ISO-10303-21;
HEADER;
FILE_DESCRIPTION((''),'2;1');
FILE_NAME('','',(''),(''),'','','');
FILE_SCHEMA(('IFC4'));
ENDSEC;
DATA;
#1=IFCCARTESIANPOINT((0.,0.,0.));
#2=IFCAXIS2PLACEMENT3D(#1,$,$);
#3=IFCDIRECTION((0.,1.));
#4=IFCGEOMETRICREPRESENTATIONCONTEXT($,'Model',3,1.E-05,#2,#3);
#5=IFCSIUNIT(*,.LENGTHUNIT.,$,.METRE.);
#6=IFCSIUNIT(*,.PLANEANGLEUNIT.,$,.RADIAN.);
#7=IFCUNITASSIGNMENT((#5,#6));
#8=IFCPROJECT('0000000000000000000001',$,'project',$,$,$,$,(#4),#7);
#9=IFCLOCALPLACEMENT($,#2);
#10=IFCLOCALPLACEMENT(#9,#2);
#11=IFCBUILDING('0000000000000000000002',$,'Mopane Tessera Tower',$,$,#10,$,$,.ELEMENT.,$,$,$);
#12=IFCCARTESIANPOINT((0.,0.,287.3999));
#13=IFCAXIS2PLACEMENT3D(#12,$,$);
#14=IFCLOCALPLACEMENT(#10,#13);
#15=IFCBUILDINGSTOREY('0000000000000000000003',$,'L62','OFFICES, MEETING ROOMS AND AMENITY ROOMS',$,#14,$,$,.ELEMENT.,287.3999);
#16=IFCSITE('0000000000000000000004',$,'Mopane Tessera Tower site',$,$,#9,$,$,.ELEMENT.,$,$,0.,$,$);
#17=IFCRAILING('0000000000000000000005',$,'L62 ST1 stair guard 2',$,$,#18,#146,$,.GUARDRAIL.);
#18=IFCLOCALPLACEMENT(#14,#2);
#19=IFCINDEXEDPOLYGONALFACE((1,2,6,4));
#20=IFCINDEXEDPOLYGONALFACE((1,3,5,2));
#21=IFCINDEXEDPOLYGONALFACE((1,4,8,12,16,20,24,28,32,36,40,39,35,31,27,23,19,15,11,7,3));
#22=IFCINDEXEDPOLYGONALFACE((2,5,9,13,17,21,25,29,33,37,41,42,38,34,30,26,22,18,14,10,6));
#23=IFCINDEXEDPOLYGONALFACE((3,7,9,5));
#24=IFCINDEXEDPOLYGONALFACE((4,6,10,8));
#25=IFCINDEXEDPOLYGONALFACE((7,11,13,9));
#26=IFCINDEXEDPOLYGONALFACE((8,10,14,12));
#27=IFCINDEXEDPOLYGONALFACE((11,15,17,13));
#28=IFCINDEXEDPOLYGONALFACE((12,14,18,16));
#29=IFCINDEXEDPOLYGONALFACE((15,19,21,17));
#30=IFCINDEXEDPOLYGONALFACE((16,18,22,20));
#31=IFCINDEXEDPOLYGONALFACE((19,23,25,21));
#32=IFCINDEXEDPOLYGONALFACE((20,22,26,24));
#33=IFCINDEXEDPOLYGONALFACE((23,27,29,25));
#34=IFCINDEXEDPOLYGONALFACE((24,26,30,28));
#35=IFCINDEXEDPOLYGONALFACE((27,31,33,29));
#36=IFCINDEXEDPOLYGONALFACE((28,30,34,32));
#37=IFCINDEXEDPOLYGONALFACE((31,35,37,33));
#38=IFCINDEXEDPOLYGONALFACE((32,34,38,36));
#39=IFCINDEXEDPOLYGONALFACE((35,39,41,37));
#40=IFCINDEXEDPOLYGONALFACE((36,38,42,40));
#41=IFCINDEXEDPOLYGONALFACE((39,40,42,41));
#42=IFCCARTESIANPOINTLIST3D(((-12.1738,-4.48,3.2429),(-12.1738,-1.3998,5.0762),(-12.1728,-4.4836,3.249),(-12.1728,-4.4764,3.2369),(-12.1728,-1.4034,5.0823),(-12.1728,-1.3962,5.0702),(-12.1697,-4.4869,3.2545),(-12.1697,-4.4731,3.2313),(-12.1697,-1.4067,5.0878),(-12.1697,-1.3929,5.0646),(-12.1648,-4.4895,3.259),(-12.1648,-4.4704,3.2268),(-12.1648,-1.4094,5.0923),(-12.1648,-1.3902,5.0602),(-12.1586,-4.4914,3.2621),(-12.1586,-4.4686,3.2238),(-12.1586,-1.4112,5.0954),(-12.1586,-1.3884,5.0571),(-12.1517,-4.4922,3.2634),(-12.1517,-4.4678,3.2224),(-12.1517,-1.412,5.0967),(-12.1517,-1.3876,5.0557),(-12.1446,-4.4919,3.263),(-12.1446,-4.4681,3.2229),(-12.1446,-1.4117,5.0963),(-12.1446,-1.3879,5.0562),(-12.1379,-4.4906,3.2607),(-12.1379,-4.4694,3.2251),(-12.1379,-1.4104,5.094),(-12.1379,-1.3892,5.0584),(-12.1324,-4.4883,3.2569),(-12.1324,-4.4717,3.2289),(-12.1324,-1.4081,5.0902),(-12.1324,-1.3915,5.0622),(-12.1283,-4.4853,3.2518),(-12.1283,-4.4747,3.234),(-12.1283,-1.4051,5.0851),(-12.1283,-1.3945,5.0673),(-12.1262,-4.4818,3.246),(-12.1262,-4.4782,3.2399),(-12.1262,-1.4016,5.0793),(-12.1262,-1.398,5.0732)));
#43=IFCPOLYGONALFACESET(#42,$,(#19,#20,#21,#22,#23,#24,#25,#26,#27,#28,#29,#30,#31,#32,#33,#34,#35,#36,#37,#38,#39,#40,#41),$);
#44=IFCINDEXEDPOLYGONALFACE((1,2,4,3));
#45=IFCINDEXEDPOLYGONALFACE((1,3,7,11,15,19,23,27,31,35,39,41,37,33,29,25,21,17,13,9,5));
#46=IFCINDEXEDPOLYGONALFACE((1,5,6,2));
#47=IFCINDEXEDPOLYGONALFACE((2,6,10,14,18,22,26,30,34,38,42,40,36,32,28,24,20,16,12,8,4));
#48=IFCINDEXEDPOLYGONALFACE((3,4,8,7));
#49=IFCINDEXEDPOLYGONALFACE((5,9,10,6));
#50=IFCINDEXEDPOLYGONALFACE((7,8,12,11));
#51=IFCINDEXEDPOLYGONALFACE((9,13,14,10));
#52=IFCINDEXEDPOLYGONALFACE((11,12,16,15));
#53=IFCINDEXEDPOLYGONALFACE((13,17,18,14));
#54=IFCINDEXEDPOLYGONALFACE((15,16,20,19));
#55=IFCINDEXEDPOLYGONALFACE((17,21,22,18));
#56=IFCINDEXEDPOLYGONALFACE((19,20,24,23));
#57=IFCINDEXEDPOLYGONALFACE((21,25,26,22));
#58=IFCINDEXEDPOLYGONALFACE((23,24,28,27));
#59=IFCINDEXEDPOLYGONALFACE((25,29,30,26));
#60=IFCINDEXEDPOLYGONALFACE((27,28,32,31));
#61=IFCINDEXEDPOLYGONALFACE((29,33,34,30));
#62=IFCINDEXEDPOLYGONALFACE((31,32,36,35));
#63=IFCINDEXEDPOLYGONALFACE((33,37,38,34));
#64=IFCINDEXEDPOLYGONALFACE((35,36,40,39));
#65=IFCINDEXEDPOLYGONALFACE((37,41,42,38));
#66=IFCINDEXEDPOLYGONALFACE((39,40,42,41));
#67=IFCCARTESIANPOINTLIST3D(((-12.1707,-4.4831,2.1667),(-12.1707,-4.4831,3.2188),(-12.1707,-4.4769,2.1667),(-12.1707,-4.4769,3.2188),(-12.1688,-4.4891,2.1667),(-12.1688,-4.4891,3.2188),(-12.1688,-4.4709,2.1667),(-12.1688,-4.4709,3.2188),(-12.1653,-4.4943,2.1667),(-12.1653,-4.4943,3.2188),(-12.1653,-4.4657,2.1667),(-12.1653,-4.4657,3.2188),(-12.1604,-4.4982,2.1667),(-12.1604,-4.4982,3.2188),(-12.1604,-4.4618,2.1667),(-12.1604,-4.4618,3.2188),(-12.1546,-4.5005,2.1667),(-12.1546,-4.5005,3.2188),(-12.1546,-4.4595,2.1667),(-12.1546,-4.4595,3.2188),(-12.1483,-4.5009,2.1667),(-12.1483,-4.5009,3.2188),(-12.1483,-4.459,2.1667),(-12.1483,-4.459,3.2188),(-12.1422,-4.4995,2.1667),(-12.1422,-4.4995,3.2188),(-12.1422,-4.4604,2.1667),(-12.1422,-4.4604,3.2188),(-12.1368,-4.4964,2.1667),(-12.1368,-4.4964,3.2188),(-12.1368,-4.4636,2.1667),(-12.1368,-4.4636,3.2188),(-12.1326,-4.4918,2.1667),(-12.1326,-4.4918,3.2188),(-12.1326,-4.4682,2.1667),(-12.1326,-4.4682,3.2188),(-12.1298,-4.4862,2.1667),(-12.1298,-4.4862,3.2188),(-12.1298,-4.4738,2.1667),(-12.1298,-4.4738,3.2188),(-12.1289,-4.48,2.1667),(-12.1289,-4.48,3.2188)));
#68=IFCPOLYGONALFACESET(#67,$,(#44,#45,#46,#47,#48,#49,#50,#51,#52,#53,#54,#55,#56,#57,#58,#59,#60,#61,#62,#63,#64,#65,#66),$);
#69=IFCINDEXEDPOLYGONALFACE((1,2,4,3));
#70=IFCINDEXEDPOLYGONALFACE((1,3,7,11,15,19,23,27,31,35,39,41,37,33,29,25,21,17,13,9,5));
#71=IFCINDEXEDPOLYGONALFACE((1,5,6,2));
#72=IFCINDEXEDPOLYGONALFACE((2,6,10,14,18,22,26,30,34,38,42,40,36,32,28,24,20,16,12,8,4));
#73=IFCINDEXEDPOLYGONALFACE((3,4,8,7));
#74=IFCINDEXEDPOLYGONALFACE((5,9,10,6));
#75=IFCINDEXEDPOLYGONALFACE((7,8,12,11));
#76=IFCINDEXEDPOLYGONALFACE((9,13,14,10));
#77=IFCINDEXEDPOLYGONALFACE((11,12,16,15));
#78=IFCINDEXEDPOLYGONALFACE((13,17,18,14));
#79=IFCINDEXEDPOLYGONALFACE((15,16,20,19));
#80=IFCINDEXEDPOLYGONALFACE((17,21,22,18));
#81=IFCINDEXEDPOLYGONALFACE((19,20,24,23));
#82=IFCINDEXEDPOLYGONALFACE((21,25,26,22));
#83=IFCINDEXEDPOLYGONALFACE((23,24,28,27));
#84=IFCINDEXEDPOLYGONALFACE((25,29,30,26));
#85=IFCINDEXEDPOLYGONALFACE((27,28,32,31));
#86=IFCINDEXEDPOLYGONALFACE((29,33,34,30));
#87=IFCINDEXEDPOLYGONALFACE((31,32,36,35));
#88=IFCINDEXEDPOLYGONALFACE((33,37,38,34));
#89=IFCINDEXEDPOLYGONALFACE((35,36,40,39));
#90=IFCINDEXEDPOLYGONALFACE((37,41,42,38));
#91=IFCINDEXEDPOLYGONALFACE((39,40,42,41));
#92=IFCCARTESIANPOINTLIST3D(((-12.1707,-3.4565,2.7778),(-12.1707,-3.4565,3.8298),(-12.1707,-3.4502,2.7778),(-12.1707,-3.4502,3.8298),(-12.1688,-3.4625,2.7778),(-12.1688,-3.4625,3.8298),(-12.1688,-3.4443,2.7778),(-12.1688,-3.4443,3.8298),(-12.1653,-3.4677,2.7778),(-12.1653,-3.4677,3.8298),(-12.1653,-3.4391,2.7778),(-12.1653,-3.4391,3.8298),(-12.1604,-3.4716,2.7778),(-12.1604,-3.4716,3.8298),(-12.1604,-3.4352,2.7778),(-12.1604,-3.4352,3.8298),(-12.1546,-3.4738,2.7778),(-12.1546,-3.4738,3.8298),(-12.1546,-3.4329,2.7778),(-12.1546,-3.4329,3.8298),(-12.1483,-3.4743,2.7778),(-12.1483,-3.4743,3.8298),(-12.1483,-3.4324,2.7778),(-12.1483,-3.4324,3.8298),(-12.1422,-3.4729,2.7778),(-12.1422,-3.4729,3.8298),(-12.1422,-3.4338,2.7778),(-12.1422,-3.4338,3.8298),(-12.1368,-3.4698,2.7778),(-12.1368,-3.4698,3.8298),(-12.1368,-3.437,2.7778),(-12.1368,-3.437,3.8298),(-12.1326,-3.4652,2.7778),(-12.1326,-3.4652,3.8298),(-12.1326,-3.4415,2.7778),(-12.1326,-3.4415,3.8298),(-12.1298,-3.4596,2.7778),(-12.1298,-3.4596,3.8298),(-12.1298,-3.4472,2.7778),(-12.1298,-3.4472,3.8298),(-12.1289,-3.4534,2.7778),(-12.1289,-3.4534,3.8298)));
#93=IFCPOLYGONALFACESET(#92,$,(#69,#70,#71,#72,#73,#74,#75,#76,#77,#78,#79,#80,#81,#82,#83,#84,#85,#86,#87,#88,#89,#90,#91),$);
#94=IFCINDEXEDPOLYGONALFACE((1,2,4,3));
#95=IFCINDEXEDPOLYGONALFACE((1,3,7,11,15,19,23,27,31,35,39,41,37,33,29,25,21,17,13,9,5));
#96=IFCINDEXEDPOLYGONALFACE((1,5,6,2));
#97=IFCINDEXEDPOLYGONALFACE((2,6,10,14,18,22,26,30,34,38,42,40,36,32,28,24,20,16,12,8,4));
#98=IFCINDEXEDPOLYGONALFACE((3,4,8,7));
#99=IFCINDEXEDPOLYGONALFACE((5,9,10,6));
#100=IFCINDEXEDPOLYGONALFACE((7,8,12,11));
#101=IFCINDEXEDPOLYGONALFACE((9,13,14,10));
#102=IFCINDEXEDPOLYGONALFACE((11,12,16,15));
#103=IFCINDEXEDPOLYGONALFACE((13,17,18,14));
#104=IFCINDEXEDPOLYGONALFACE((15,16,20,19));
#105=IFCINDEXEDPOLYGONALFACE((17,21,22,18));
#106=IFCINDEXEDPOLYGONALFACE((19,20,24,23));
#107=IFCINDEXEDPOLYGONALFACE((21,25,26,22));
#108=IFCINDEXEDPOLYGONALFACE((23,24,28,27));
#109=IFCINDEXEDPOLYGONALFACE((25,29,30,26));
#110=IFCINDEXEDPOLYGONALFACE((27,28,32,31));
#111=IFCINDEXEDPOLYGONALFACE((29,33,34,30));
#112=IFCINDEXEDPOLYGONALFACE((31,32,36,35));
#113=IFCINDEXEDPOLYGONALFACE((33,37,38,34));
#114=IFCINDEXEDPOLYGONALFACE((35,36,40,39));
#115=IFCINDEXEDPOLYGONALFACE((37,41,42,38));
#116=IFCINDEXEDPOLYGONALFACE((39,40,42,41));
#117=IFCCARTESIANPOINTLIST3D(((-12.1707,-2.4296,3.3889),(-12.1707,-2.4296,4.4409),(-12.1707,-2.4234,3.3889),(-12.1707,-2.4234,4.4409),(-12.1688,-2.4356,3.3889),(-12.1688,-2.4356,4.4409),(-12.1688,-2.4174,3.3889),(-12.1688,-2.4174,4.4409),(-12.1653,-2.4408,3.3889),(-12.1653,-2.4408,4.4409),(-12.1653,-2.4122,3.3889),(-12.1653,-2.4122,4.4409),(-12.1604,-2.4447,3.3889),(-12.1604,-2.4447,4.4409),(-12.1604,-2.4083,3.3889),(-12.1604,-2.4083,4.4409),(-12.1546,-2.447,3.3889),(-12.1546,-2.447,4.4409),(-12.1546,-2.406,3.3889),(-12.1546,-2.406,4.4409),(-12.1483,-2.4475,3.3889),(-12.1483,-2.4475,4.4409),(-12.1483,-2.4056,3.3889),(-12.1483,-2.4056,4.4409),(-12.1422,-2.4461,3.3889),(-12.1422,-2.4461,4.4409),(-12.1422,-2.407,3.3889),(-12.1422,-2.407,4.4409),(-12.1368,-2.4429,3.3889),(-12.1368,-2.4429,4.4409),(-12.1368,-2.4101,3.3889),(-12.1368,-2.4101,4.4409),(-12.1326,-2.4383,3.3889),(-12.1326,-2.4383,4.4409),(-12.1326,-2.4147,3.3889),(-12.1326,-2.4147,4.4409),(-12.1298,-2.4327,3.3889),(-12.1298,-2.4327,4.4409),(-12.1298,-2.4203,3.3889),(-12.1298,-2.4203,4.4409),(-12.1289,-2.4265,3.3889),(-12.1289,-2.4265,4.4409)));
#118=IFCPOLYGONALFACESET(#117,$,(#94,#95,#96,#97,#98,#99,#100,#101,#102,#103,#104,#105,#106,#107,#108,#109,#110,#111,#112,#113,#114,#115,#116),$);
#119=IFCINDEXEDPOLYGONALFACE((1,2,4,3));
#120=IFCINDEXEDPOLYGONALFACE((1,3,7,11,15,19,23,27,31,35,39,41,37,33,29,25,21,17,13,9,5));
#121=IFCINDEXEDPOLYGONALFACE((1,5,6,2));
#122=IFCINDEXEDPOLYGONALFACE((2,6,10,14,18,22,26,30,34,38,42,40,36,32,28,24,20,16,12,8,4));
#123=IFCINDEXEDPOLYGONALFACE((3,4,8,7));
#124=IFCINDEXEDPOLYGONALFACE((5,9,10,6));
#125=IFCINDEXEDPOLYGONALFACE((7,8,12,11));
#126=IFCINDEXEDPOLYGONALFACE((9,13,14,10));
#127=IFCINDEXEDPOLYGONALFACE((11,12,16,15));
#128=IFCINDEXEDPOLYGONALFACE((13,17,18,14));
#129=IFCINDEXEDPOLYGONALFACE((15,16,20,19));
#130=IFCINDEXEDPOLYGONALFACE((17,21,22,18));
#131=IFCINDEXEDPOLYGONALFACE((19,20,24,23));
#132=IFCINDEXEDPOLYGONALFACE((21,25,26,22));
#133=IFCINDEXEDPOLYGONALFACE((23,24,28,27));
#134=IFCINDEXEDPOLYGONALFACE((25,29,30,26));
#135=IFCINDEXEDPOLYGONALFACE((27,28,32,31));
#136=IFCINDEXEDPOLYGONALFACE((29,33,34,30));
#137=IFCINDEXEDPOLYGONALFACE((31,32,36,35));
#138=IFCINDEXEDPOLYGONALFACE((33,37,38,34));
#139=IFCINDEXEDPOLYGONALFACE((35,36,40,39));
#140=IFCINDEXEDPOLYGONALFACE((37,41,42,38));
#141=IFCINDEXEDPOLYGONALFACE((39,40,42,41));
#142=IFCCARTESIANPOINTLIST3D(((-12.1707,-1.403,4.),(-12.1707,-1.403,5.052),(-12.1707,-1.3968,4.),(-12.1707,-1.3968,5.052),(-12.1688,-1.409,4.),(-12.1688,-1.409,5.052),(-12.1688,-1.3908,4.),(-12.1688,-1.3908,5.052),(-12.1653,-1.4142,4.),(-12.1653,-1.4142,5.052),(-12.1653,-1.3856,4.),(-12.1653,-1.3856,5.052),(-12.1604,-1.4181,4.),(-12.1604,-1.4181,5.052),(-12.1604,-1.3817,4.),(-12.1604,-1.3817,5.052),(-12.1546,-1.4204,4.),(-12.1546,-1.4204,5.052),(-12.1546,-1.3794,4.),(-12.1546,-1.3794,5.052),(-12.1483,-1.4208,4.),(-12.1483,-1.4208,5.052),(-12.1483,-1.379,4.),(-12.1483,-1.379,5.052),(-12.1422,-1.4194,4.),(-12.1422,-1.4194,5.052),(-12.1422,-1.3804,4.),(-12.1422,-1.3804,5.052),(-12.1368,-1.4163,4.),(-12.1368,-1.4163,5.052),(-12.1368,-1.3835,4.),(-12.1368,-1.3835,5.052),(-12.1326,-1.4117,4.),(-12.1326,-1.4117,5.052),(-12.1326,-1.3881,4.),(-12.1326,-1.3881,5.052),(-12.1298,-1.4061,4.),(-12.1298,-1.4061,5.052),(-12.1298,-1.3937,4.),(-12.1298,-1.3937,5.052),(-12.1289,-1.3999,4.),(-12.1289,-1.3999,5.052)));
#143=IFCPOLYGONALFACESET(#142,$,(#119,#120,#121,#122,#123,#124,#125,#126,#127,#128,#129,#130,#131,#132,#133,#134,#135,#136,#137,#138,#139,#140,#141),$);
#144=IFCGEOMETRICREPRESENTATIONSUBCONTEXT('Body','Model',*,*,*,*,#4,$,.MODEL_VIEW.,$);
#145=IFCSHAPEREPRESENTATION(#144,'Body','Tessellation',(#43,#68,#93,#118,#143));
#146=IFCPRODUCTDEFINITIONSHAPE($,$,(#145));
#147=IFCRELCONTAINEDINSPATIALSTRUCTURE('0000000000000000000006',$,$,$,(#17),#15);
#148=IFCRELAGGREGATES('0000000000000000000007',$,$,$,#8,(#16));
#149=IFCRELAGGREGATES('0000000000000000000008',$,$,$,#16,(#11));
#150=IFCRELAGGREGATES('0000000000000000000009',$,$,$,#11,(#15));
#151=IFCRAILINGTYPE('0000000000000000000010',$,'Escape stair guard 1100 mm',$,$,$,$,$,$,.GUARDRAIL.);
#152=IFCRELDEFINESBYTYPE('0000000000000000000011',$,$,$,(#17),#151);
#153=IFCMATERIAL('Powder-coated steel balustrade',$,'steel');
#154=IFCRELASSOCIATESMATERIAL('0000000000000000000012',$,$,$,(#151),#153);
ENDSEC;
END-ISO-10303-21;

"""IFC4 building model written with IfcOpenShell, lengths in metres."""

from ifc_helpers import new_model, si_unit, direction, frame, origin, origin_2d, place, context, subcontext, project, spatial, circle, extrude, material, type_object, element, save


model = new_model("IFC4")

# Units and contexts
model_context = context("Model", 3, precision=1e-05, world=origin(), true_north=direction((0.0, 1.0)))
body_context = subcontext(model_context, "Body", "Model", "MODEL_VIEW")
ifc_project = project(units=[si_unit("LENGTHUNIT", "METRE"), si_unit("PLANEANGLEUNIT", "RADIAN")], contexts=[model_context])

# Site, building, storey
site_placement = place(None, origin())
site = spatial("IfcSite", under=ifc_project, at=site_placement, Name="Mopane Tessera Tower site", CompositionType="ELEMENT", RefElevation=0.0)
building_placement = place(site_placement, origin())
building = spatial("IfcBuilding", under=site, at=building_placement, Name="Mopane Tessera Tower", CompositionType="ELEMENT")
storey_placement = place(building_placement, frame((0.0, 0.0, 287.3999)))
storey = spatial("IfcBuildingStorey", under=building, at=storey_placement, Name="L62", Description="OFFICES, MEETING ROOMS AND AMENITY ROOMS", CompositionType="ELEMENT", Elevation=287.3999)

# Railing
ifc_material_1 = material(Name="Powder-coated steel balustrade", Category="steel")
railing_type_1 = type_object("IfcRailingType", Name="Escape stair guard 1100 mm", PredefinedType="GUARDRAIL", material=ifc_material_1)
railing_1_placement = place(storey_placement, frame((-12.1499, -4.48, 2.1667)))
element("IfcRailing", 1, at=railing_1_placement, inside=storey, type_object=railing_type_1, Name="L62 ST1 stair guard 2", PredefinedType="GUARDRAIL", context=body_context, shape_type="SweptSolid", body=[
    extrude(circle(Radius=0.0239, at=origin_2d()), frame((0.0, 0.0, 1.0762), z_axis=(0.0, 0.859309, 0.511458), x_axis=(-1.0, 0.0, 0.0)), (0.0, 0.0, 1.0), 3.5845),
    extrude(circle(Radius=0.021, at=origin_2d()), origin(), (0.0, 0.0, 1.0), 1.052),
    extrude(circle(Radius=0.021, at=origin_2d()), frame((0.0, 1.0266, 0.6111)), (0.0, 0.0, 1.0), 1.052),
    extrude(circle(Radius=0.021, at=origin_2d()), frame((0.0, 2.0535, 1.2222)), (0.0, 0.0, 1.0), 1.052),
    extrude(circle(Radius=0.021, at=origin_2d()), frame((0.0, 3.0801, 1.8333)), (0.0, 0.0, 1.0), 1.052),
])

save(model, "model.ifc")
